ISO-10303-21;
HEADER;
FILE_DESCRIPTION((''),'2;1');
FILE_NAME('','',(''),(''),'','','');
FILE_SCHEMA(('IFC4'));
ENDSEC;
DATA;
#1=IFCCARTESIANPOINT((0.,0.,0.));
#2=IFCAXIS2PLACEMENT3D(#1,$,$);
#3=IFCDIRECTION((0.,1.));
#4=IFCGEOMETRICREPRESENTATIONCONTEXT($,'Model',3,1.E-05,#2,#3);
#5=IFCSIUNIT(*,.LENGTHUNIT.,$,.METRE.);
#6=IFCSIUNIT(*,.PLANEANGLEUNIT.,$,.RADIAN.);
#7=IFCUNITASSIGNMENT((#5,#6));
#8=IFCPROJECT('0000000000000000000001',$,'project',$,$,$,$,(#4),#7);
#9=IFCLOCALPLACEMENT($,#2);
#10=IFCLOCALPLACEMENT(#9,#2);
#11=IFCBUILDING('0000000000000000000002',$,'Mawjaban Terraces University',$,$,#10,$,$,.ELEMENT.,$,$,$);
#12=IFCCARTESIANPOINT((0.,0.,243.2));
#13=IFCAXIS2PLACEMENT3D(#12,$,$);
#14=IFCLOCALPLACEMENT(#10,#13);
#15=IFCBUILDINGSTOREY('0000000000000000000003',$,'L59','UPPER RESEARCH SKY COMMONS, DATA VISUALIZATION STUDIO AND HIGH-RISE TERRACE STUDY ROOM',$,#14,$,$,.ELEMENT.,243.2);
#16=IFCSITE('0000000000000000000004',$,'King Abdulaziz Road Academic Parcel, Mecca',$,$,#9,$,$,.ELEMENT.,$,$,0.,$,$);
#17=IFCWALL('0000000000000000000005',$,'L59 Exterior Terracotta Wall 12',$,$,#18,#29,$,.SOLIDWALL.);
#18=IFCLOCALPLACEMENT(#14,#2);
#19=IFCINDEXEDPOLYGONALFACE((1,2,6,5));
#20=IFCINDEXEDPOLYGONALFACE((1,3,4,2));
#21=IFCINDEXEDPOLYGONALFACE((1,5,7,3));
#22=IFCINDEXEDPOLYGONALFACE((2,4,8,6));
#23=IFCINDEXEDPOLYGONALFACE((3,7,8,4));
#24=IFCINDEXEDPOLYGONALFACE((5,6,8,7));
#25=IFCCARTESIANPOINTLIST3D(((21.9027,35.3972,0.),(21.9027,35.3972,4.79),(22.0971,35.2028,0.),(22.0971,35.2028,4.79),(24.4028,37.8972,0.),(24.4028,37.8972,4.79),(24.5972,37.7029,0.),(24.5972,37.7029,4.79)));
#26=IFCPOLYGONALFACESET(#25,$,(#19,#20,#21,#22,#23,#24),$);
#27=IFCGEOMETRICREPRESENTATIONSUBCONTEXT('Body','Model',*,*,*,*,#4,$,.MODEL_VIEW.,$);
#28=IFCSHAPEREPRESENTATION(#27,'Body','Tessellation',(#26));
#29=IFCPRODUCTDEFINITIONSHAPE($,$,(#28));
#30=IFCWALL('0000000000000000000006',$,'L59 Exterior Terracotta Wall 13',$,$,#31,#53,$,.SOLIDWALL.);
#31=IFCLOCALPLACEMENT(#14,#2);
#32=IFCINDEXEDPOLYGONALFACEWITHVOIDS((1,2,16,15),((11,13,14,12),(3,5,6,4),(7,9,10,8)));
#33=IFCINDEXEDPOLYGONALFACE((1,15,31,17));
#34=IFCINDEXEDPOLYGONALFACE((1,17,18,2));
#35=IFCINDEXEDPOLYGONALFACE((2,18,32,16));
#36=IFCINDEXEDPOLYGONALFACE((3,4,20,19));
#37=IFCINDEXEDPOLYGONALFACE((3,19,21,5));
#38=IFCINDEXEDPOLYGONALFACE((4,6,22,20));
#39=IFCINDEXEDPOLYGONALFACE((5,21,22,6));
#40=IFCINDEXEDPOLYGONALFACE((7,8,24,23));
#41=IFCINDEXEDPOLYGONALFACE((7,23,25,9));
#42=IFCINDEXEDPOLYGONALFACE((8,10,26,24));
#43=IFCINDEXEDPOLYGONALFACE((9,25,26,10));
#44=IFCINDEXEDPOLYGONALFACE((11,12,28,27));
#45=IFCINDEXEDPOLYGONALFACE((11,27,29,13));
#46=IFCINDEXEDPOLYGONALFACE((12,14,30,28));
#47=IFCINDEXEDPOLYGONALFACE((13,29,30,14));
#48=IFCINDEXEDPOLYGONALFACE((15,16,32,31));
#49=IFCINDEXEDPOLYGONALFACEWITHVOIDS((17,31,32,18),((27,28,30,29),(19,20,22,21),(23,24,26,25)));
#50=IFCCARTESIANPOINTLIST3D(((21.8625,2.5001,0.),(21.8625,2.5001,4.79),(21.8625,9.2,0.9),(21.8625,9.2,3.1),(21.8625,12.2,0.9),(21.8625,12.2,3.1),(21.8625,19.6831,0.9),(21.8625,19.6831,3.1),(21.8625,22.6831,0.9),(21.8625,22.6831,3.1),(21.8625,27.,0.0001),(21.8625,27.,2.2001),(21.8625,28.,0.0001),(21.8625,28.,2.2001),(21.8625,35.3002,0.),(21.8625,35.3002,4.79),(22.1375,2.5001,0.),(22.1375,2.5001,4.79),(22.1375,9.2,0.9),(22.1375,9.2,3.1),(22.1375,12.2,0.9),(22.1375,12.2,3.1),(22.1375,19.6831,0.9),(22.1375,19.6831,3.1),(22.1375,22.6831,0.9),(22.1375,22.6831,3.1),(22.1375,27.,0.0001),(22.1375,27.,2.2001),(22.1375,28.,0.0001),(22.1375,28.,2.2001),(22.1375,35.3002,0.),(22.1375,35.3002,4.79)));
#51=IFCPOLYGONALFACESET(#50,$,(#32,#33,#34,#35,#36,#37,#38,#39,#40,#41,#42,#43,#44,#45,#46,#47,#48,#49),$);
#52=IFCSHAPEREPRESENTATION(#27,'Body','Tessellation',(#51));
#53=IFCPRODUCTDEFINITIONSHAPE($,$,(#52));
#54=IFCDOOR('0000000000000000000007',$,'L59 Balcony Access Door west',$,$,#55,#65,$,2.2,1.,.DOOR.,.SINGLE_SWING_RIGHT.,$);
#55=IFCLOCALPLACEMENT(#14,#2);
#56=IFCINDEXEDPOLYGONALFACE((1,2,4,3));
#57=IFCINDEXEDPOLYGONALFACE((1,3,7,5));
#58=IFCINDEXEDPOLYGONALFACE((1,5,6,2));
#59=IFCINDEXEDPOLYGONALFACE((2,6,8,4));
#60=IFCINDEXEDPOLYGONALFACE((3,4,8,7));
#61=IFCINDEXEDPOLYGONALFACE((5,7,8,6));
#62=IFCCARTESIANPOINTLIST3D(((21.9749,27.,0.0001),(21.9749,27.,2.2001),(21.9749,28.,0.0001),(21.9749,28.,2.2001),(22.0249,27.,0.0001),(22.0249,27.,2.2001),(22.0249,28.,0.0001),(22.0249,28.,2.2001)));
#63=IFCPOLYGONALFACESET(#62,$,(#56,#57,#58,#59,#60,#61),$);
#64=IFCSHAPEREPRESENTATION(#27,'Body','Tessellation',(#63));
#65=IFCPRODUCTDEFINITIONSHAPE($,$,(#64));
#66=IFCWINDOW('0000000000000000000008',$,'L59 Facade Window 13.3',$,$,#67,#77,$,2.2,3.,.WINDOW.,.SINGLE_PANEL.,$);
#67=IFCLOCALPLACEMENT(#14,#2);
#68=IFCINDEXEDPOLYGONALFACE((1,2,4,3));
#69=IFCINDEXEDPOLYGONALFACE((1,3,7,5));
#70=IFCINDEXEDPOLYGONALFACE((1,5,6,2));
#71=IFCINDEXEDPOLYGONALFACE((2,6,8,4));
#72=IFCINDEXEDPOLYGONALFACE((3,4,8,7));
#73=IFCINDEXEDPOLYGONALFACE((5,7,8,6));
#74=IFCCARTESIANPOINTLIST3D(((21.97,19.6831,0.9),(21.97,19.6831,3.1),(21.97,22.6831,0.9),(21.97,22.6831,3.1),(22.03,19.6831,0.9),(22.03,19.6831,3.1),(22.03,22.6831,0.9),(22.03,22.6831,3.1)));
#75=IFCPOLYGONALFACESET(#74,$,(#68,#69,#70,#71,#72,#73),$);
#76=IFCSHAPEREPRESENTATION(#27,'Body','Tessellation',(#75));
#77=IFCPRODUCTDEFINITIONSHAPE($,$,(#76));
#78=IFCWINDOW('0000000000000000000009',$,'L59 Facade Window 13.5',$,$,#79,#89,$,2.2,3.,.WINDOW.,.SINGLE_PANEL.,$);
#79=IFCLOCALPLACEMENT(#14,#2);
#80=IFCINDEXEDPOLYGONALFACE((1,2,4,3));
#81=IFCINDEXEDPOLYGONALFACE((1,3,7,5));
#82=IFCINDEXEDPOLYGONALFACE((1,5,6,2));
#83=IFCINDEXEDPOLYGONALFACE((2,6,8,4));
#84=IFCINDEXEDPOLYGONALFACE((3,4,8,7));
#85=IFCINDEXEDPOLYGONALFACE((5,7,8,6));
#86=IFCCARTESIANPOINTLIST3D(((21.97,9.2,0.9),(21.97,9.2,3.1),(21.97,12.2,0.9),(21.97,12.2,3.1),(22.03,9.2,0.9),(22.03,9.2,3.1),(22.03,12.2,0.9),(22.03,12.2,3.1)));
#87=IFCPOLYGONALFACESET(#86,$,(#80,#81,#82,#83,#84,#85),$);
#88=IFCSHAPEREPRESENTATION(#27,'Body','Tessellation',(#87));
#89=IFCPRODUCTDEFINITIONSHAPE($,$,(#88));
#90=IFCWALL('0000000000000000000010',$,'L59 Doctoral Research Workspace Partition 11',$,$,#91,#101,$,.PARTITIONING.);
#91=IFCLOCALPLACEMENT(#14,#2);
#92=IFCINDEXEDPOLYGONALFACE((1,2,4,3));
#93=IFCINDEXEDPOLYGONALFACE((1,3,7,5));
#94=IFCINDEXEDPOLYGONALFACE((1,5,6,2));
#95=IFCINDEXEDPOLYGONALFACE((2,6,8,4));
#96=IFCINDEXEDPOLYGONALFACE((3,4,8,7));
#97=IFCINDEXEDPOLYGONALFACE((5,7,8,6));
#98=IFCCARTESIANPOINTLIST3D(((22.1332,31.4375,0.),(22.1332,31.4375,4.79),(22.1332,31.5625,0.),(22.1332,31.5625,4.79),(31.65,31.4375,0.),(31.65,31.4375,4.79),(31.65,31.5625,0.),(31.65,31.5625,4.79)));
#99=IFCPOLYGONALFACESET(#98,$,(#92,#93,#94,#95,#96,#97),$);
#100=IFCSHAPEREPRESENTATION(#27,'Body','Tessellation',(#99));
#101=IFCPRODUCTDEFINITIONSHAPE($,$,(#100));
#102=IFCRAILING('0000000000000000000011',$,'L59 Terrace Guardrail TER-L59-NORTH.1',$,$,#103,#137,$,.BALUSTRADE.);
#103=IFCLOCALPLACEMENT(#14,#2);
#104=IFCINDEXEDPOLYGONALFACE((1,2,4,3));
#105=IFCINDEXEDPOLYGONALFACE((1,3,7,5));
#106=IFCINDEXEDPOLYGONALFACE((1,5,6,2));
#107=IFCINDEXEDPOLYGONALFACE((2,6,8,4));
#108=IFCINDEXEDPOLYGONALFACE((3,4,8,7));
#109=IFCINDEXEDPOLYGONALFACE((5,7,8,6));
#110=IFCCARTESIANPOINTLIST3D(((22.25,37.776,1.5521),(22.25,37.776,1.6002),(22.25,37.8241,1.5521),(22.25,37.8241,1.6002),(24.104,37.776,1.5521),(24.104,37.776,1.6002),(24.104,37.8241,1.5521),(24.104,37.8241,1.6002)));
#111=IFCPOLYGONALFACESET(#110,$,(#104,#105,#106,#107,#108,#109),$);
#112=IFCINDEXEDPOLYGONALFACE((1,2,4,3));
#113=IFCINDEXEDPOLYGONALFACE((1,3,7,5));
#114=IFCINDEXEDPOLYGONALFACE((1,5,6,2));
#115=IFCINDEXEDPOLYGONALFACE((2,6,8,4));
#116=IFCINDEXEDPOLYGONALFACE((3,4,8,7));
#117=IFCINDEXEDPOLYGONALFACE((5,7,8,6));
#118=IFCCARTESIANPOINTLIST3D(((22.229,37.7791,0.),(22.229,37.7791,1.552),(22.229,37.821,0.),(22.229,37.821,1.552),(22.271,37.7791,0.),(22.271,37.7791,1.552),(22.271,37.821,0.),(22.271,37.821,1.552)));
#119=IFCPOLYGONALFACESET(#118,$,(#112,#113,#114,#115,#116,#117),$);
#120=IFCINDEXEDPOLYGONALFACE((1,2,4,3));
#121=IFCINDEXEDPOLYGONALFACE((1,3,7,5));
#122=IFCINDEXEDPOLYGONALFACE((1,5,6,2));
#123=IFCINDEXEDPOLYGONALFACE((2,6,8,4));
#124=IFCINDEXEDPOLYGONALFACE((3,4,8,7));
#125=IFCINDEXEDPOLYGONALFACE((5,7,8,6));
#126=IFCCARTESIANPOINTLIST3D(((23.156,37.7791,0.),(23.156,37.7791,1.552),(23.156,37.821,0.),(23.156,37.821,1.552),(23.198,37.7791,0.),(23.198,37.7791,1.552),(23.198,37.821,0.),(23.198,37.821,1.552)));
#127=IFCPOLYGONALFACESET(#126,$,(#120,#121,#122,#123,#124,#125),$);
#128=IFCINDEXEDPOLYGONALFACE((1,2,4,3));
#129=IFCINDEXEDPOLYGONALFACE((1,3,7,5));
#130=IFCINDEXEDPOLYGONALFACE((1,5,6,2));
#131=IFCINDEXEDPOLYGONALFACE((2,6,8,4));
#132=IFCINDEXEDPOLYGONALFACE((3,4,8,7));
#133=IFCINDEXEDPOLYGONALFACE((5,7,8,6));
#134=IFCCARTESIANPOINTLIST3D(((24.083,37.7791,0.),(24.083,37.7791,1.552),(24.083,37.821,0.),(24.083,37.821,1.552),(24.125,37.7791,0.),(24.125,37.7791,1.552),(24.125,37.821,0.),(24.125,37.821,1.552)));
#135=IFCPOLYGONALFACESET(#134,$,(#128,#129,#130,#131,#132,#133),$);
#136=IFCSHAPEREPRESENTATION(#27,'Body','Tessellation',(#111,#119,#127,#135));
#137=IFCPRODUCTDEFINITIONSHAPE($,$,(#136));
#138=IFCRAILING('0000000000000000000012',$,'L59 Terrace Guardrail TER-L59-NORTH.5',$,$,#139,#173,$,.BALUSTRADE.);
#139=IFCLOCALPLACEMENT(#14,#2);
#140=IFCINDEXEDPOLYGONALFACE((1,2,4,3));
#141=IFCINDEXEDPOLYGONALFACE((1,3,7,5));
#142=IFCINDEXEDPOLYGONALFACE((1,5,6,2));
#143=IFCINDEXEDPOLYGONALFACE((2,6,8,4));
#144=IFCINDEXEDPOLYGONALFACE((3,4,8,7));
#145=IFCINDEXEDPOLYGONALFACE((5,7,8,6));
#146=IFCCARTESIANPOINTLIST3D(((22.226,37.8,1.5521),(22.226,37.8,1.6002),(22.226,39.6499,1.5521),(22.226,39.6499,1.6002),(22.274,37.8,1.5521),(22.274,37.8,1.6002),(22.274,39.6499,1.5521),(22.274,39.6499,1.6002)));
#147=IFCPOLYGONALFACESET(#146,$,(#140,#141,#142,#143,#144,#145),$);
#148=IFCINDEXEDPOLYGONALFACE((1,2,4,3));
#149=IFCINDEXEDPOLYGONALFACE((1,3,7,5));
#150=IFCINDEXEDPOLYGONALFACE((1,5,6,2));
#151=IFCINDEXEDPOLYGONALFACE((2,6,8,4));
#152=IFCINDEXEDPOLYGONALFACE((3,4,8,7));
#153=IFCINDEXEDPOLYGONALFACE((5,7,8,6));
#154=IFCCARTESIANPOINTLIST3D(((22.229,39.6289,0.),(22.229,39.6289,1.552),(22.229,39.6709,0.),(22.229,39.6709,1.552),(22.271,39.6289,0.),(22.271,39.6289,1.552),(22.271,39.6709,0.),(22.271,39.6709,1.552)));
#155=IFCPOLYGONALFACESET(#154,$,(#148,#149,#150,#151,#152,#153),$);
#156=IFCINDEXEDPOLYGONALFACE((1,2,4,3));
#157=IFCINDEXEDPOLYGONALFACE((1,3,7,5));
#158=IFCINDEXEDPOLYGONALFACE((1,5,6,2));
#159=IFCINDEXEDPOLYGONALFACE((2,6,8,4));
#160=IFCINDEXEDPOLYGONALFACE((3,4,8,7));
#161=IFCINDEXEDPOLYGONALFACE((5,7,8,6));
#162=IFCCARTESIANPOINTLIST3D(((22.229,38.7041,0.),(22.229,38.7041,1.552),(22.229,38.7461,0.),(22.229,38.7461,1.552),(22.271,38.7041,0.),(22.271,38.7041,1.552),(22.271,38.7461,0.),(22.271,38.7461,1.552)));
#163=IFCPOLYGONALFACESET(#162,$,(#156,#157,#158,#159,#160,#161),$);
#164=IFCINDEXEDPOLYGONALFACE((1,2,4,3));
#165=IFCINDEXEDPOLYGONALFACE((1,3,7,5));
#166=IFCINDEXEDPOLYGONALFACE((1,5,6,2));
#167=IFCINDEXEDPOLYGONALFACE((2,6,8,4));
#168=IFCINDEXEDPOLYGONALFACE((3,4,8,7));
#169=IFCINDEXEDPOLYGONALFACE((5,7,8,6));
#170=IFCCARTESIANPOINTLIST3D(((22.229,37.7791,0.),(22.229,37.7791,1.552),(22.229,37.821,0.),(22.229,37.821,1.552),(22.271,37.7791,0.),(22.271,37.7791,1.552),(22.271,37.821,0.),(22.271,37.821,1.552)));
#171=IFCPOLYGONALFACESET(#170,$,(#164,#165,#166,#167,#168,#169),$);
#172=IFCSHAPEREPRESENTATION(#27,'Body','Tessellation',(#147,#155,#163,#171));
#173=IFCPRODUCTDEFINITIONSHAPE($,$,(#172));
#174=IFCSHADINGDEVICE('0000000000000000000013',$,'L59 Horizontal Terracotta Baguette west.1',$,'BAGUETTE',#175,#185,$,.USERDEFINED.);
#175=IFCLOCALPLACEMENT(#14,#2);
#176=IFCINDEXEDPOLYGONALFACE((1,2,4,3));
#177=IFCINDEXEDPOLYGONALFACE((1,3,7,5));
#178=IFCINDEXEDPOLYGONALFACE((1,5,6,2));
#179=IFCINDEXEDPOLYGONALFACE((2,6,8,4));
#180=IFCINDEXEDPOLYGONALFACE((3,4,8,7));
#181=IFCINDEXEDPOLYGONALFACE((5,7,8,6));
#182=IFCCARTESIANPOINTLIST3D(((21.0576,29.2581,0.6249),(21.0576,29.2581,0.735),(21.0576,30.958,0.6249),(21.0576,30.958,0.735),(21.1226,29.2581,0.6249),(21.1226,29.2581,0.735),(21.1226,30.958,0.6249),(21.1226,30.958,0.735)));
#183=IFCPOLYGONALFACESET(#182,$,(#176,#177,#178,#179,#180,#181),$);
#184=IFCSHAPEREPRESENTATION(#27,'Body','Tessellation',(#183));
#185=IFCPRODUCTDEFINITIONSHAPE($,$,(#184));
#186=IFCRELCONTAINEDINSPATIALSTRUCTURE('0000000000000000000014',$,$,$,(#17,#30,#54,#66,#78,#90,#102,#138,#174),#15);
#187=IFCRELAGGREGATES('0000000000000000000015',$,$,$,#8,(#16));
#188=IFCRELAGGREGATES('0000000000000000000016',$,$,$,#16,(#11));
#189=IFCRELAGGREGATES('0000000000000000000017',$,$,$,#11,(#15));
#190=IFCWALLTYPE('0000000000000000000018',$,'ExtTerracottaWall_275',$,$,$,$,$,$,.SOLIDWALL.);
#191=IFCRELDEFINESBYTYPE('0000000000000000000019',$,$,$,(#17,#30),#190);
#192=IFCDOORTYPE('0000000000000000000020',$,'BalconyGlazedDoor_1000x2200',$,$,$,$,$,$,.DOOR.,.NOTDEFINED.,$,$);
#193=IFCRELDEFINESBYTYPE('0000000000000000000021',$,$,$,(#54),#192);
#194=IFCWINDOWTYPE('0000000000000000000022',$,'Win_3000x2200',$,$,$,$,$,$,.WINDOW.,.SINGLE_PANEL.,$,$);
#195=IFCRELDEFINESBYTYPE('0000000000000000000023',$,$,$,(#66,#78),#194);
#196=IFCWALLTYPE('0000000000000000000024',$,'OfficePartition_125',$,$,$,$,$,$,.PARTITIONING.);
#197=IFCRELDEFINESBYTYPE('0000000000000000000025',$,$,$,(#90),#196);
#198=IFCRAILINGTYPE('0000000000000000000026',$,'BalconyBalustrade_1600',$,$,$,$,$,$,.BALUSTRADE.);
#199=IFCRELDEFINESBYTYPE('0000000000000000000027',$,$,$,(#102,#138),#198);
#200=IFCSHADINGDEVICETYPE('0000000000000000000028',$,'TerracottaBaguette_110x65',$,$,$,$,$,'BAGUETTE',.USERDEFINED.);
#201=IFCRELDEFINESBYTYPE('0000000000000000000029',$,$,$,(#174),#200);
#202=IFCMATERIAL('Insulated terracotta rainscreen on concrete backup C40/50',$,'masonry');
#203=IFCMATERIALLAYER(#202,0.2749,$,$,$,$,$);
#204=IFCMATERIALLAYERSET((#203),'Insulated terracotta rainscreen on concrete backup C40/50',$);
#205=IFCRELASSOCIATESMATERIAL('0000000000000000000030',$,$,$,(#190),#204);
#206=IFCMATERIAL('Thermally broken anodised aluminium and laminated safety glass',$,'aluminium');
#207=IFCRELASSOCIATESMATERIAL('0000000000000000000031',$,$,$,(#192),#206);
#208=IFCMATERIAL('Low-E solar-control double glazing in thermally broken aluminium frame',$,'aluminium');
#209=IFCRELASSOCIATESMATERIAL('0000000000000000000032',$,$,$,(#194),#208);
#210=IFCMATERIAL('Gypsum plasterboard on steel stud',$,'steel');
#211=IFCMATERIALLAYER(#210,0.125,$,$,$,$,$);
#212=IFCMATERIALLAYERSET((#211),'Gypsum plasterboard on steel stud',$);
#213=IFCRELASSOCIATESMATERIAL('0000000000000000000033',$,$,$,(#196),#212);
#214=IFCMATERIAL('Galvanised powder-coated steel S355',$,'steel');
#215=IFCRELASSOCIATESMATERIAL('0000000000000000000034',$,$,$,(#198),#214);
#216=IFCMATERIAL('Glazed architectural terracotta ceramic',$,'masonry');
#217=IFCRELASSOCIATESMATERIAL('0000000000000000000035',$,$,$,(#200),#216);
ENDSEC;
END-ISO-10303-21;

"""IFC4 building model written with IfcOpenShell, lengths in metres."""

from ifc_helpers import new_model, si_unit, direction, frame, frame_2d, origin, origin_2d, place, context, subcontext, project, spatial, rectangle, extrude, material, layer, layer_set, material_profile, profile_set, type_object, element, fill, save


model = new_model("IFC4")

# Units and contexts
model_context = context("Model", 3, precision=1e-05, world=origin(), true_north=direction((0.0, 1.0)))
body_context = subcontext(model_context, "Body", "Model", "MODEL_VIEW")
ifc_project = project(units=[si_unit("LENGTHUNIT", "METRE"), si_unit("PLANEANGLEUNIT", "RADIAN")], contexts=[model_context])

# Site, building, storey
site_placement = place(None, origin())
site = spatial("IfcSite", under=ifc_project, at=site_placement, Name="King Abdulaziz Road Academic Parcel, Mecca", CompositionType="ELEMENT", RefElevation=0.0)
building_placement = place(site_placement, origin())
building = spatial("IfcBuilding", under=site, at=building_placement, Name="Mawjaban Terraces University", CompositionType="ELEMENT")
storey_placement = place(building_placement, frame((0.0, 0.0, 243.2)))
storey = spatial("IfcBuildingStorey", under=building, at=storey_placement, Name="L59", Description="UPPER RESEARCH SKY COMMONS, DATA VISUALIZATION STUDIO AND HIGH-RISE TERRACE STUDY ROOM", CompositionType="ELEMENT", Elevation=243.2)

# Shared definitions
ifc_material_1 = material(Name="Insulated terracotta rainscreen on concrete backup C40/50", Category="masonry")
ifc_layer_1 = layer(ifc_material_1, 0.2749)
ifc_layer_set_1 = layer_set([ifc_layer_1], Name="Insulated terracotta rainscreen on concrete backup C40/50")
wall_type_1 = type_object("IfcWallType", Name="ExtTerracottaWall_275", PredefinedType="SOLIDWALL", material=ifc_layer_set_1)
ifc_material_2 = material(Name="Thermally broken anodised aluminium and laminated safety glass", Category="aluminium")
ifc_material_3 = material(Name="Low-E solar-control double glazing in thermally broken aluminium frame", Category="aluminium")

# Wall
wall_1_placement = place(storey_placement, frame((24.5, 37.8, 0.0), z_axis=(0.0, 0.0, 1.0), x_axis=(-0.707107, -0.707107, 0.0)))
element("IfcWall", 1, at=wall_1_placement, inside=storey, type_object=wall_type_1, Name="L59 Exterior Terracotta Wall 12", PredefinedType="SOLIDWALL", context=body_context, shape_type="SweptSolid", body=[
    extrude(rectangle(XDim=3.5356, YDim=0.2749, at=frame_2d((1.7678, 0.0))), origin(), (0.0, 0.0, 1.0), 4.79),
])

# Wall, openings, door, windows
wall_2_placement = place(storey_placement, frame((22.0, 35.3, 0.0), z_axis=(0.0, 0.0, 1.0), x_axis=(0.0, -1.0, 0.0)))
wall_2 = element("IfcWall", 2, at=wall_2_placement, inside=storey, type_object=wall_type_1, Name="L59 Exterior Terracotta Wall 13", PredefinedType="SOLIDWALL", context=body_context, shape_type="SweptSolid", body=[
    extrude(rectangle(XDim=32.8, YDim=0.2749, at=frame_2d((16.3999, 0.0))), origin(), (0.0, 0.0, 1.0), 4.79),
])
opening_1_placement = place(wall_2_placement, frame((7.3, 0.0, 0.0)))
opening_1 = element("IfcOpeningElement", 3, at=opening_1_placement, cuts=wall_2, PredefinedType="OPENING", context=body_context, shape_type="SweptSolid", body=[
    extrude(rectangle(XDim=1.0, YDim=2.2, at=frame_2d((0.5, 1.1001))), frame((0.0, 0.1475, 0.0), z_axis=(0.0, -1.0, 0.0), x_axis=(1.0, 0.0, 0.0)), (0.0, 0.0, 1.0), 0.2949),
])
opening_2_placement = place(wall_2_placement, frame((12.6169, 0.0, 0.8999)))
opening_2 = element("IfcOpeningElement", 4, at=opening_2_placement, cuts=wall_2, PredefinedType="OPENING", context=body_context, shape_type="SweptSolid", body=[
    extrude(rectangle(XDim=3.0, YDim=2.2, at=frame_2d((1.5, 1.1001))), frame((0.0, 0.1475, 0.0), z_axis=(0.0, -1.0, 0.0), x_axis=(1.0, 0.0, 0.0)), (0.0, 0.0, 1.0), 0.2949),
])
opening_3_placement = place(wall_2_placement, frame((23.1001, 0.0, 0.8999)))
opening_3 = element("IfcOpeningElement", 5, at=opening_3_placement, cuts=wall_2, PredefinedType="OPENING", context=body_context, shape_type="SweptSolid", body=[
    extrude(rectangle(XDim=3.0, YDim=2.2, at=frame_2d((1.5, 1.1001))), frame((0.0, 0.1475, 0.0), z_axis=(0.0, -1.0, 0.0), x_axis=(1.0, 0.0, 0.0)), (0.0, 0.0, 1.0), 0.2949),
])
door_type_1 = type_object("IfcDoorType", Name="BalconyGlazedDoor_1000x2200", OperationType="NOTDEFINED", PredefinedType="DOOR", material=ifc_material_2)
door_1_placement = place(opening_1_placement, origin())
door_1 = element("IfcDoor", 6, at=door_1_placement, inside=storey, type_object=door_type_1, Name="L59 Balcony Access Door west", OperationType="SINGLE_SWING_RIGHT", OverallHeight=2.2, OverallWidth=1.0, PredefinedType="DOOR", context=body_context, shape_type="SweptSolid", body=[
    extrude(rectangle(XDim=1.0, YDim=2.2, at=frame_2d((0.5, 1.1001))), frame((0.0, 0.0249, 0.0), z_axis=(0.0, -1.0, 0.0), x_axis=(1.0, 0.0, 0.0)), (0.0, 0.0, 1.0), 0.05),
])
fill(opening_1, door_1)
window_type_1 = type_object("IfcWindowType", Name="Win_3000x2200", PartitioningType="SINGLE_PANEL", PredefinedType="WINDOW", material=ifc_material_3)
window_1_placement = place(opening_2_placement, origin())
window_1 = element("IfcWindow", 7, at=window_1_placement, inside=storey, type_object=window_type_1, Name="L59 Facade Window 13.3", OverallHeight=2.2, OverallWidth=3.0, PartitioningType="SINGLE_PANEL", PredefinedType="WINDOW", context=body_context, shape_type="SweptSolid", body=[
    extrude(rectangle(XDim=3.0, YDim=2.2, at=frame_2d((1.5, 1.1001))), frame((0.0, 0.03, 0.0), z_axis=(0.0, -1.0, 0.0), x_axis=(1.0, 0.0, 0.0)), (0.0, 0.0, 1.0), 0.0601),
])
fill(opening_2, window_1)
window_2_placement = place(opening_3_placement, origin())
window_2 = element("IfcWindow", 8, at=window_2_placement, inside=storey, type_object=window_type_1, Name="L59 Facade Window 13.5", OverallHeight=2.2, OverallWidth=3.0, PartitioningType="SINGLE_PANEL", PredefinedType="WINDOW", context=body_context, shape_type="SweptSolid", body=[
    extrude(rectangle(XDim=3.0, YDim=2.2, at=frame_2d((1.5, 1.1001))), frame((0.0, 0.03, 0.0), z_axis=(0.0, -1.0, 0.0), x_axis=(1.0, 0.0, 0.0)), (0.0, 0.0, 1.0), 0.0601),
])
fill(opening_3, window_2)

# Wall
ifc_material_4 = material(Name="Gypsum plasterboard on steel stud", Category="steel")
ifc_layer_2 = layer(ifc_material_4, 0.125)
ifc_layer_set_2 = layer_set([ifc_layer_2], Name="Gypsum plasterboard on steel stud")
wall_type_2 = type_object("IfcWallType", Name="OfficePartition_125", PredefinedType="PARTITIONING", material=ifc_layer_set_2)
wall_3_placement = place(storey_placement, frame((31.6499, 31.5, 0.0), z_axis=(0.0, 0.0, 1.0), x_axis=(-1.0, 0.0, 0.0)))
element("IfcWall", 9, at=wall_3_placement, inside=storey, type_object=wall_type_2, Name="L59 Doctoral Research Workspace Partition 11", PredefinedType="PARTITIONING", context=body_context, shape_type="SweptSolid", body=[
    extrude(rectangle(XDim=9.5168, YDim=0.125, at=frame_2d((4.7583, 0.0))), origin(), (0.0, 0.0, 1.0), 4.79),
])

# Railings
ifc_material_5 = material(Name="Galvanised powder-coated steel S355", Category="steel")
railing_type = type_object("IfcRailingType", Name="BalconyBalustrade_1600", PredefinedType="BALUSTRADE", material=ifc_material_5)
railing_1_placement = place(storey_placement, frame((22.25, 37.8, 0.0)))
element("IfcRailing", 10, at=railing_1_placement, inside=storey, type_object=railing_type, Name="L59 Terrace Guardrail TER-L59-NORTH.1", PredefinedType="BALUSTRADE", context=body_context, shape_type="SweptSolid", body=[
    extrude(rectangle(XDim=0.0481, YDim=0.0481, at=origin_2d()), frame((0.0, 0.0, 1.5762), z_axis=(1.0, 0.0, 0.0), x_axis=(0.0, 1.0, 0.0)), (0.0, 0.0, 1.0), 1.854),
    extrude(rectangle(XDim=0.042, YDim=0.042, at=origin_2d()), origin(), (0.0, 0.0, 1.0), 1.552),
    extrude(rectangle(XDim=0.042, YDim=0.042, at=origin_2d()), frame((0.927, 0.0, 0.0)), (0.0, 0.0, 1.0), 1.552),
    extrude(rectangle(XDim=0.042, YDim=0.042, at=origin_2d()), frame((1.854, 0.0, 0.0)), (0.0, 0.0, 1.0), 1.552),
])
railing_2_placement = place(storey_placement, frame((22.25, 39.6499, 0.0)))
element("IfcRailing", 11, at=railing_2_placement, inside=storey, type_object=railing_type, Name="L59 Terrace Guardrail TER-L59-NORTH.5", PredefinedType="BALUSTRADE", context=body_context, shape_type="SweptSolid", body=[
    extrude(rectangle(XDim=0.0481, YDim=0.0481, at=origin_2d()), frame((0.0, 0.0, 1.5762), z_axis=(0.0, -1.0, 0.0), x_axis=(1.0, 0.0, 0.0)), (0.0, 0.0, 1.0), 1.8499),
    extrude(rectangle(XDim=0.042, YDim=0.042, at=origin_2d()), origin(), (0.0, 0.0, 1.0), 1.552),
    extrude(rectangle(XDim=0.042, YDim=0.042, at=origin_2d()), frame((0.0, -0.9248, 0.0)), (0.0, 0.0, 1.0), 1.552),
    extrude(rectangle(XDim=0.042, YDim=0.042, at=origin_2d()), frame((0.0, -1.8499, 0.0)), (0.0, 0.0, 1.0), 1.552),
])

# Shading device
ifc_material_6 = material(Name="Glazed architectural terracotta ceramic", Category="masonry")
ifc_material_profile_1 = material_profile(ifc_material_6, rectangle(XDim=0.0649, YDim=0.1101, at=origin_2d()), Name="TBAG110X65")
ifc_profile_set_1 = profile_set([ifc_material_profile_1], Name="Glazed architectural terracotta ceramic")
shading_device_type_1 = type_object("IfcShadingDeviceType", Name="TerracottaBaguette_110x65", ElementType="BAGUETTE", PredefinedType="USERDEFINED", material=ifc_profile_set_1)
for number, where, z_axis, x_axis, name in (
    (12, (21.0901, 29.2581, 0.6799), (0.0, 1.0, 0.0), (-1.0, 0.0, 0.0), "L59 Horizontal Terracotta Baguette west.1"),
):
    element("IfcShadingDevice", number, at=place(storey_placement, frame(where, z_axis=z_axis, x_axis=x_axis)), inside=storey, type_object=shading_device_type_1, Name=name, ObjectType="BAGUETTE", PredefinedType="USERDEFINED", context=body_context, shape_type="SweptSolid", body=[
        extrude(rectangle(XDim=0.0649, YDim=0.1101, at=origin_2d()), origin(), (0.0, 0.0, 1.0), 1.7),
    ])

save(model, "model.ifc")
